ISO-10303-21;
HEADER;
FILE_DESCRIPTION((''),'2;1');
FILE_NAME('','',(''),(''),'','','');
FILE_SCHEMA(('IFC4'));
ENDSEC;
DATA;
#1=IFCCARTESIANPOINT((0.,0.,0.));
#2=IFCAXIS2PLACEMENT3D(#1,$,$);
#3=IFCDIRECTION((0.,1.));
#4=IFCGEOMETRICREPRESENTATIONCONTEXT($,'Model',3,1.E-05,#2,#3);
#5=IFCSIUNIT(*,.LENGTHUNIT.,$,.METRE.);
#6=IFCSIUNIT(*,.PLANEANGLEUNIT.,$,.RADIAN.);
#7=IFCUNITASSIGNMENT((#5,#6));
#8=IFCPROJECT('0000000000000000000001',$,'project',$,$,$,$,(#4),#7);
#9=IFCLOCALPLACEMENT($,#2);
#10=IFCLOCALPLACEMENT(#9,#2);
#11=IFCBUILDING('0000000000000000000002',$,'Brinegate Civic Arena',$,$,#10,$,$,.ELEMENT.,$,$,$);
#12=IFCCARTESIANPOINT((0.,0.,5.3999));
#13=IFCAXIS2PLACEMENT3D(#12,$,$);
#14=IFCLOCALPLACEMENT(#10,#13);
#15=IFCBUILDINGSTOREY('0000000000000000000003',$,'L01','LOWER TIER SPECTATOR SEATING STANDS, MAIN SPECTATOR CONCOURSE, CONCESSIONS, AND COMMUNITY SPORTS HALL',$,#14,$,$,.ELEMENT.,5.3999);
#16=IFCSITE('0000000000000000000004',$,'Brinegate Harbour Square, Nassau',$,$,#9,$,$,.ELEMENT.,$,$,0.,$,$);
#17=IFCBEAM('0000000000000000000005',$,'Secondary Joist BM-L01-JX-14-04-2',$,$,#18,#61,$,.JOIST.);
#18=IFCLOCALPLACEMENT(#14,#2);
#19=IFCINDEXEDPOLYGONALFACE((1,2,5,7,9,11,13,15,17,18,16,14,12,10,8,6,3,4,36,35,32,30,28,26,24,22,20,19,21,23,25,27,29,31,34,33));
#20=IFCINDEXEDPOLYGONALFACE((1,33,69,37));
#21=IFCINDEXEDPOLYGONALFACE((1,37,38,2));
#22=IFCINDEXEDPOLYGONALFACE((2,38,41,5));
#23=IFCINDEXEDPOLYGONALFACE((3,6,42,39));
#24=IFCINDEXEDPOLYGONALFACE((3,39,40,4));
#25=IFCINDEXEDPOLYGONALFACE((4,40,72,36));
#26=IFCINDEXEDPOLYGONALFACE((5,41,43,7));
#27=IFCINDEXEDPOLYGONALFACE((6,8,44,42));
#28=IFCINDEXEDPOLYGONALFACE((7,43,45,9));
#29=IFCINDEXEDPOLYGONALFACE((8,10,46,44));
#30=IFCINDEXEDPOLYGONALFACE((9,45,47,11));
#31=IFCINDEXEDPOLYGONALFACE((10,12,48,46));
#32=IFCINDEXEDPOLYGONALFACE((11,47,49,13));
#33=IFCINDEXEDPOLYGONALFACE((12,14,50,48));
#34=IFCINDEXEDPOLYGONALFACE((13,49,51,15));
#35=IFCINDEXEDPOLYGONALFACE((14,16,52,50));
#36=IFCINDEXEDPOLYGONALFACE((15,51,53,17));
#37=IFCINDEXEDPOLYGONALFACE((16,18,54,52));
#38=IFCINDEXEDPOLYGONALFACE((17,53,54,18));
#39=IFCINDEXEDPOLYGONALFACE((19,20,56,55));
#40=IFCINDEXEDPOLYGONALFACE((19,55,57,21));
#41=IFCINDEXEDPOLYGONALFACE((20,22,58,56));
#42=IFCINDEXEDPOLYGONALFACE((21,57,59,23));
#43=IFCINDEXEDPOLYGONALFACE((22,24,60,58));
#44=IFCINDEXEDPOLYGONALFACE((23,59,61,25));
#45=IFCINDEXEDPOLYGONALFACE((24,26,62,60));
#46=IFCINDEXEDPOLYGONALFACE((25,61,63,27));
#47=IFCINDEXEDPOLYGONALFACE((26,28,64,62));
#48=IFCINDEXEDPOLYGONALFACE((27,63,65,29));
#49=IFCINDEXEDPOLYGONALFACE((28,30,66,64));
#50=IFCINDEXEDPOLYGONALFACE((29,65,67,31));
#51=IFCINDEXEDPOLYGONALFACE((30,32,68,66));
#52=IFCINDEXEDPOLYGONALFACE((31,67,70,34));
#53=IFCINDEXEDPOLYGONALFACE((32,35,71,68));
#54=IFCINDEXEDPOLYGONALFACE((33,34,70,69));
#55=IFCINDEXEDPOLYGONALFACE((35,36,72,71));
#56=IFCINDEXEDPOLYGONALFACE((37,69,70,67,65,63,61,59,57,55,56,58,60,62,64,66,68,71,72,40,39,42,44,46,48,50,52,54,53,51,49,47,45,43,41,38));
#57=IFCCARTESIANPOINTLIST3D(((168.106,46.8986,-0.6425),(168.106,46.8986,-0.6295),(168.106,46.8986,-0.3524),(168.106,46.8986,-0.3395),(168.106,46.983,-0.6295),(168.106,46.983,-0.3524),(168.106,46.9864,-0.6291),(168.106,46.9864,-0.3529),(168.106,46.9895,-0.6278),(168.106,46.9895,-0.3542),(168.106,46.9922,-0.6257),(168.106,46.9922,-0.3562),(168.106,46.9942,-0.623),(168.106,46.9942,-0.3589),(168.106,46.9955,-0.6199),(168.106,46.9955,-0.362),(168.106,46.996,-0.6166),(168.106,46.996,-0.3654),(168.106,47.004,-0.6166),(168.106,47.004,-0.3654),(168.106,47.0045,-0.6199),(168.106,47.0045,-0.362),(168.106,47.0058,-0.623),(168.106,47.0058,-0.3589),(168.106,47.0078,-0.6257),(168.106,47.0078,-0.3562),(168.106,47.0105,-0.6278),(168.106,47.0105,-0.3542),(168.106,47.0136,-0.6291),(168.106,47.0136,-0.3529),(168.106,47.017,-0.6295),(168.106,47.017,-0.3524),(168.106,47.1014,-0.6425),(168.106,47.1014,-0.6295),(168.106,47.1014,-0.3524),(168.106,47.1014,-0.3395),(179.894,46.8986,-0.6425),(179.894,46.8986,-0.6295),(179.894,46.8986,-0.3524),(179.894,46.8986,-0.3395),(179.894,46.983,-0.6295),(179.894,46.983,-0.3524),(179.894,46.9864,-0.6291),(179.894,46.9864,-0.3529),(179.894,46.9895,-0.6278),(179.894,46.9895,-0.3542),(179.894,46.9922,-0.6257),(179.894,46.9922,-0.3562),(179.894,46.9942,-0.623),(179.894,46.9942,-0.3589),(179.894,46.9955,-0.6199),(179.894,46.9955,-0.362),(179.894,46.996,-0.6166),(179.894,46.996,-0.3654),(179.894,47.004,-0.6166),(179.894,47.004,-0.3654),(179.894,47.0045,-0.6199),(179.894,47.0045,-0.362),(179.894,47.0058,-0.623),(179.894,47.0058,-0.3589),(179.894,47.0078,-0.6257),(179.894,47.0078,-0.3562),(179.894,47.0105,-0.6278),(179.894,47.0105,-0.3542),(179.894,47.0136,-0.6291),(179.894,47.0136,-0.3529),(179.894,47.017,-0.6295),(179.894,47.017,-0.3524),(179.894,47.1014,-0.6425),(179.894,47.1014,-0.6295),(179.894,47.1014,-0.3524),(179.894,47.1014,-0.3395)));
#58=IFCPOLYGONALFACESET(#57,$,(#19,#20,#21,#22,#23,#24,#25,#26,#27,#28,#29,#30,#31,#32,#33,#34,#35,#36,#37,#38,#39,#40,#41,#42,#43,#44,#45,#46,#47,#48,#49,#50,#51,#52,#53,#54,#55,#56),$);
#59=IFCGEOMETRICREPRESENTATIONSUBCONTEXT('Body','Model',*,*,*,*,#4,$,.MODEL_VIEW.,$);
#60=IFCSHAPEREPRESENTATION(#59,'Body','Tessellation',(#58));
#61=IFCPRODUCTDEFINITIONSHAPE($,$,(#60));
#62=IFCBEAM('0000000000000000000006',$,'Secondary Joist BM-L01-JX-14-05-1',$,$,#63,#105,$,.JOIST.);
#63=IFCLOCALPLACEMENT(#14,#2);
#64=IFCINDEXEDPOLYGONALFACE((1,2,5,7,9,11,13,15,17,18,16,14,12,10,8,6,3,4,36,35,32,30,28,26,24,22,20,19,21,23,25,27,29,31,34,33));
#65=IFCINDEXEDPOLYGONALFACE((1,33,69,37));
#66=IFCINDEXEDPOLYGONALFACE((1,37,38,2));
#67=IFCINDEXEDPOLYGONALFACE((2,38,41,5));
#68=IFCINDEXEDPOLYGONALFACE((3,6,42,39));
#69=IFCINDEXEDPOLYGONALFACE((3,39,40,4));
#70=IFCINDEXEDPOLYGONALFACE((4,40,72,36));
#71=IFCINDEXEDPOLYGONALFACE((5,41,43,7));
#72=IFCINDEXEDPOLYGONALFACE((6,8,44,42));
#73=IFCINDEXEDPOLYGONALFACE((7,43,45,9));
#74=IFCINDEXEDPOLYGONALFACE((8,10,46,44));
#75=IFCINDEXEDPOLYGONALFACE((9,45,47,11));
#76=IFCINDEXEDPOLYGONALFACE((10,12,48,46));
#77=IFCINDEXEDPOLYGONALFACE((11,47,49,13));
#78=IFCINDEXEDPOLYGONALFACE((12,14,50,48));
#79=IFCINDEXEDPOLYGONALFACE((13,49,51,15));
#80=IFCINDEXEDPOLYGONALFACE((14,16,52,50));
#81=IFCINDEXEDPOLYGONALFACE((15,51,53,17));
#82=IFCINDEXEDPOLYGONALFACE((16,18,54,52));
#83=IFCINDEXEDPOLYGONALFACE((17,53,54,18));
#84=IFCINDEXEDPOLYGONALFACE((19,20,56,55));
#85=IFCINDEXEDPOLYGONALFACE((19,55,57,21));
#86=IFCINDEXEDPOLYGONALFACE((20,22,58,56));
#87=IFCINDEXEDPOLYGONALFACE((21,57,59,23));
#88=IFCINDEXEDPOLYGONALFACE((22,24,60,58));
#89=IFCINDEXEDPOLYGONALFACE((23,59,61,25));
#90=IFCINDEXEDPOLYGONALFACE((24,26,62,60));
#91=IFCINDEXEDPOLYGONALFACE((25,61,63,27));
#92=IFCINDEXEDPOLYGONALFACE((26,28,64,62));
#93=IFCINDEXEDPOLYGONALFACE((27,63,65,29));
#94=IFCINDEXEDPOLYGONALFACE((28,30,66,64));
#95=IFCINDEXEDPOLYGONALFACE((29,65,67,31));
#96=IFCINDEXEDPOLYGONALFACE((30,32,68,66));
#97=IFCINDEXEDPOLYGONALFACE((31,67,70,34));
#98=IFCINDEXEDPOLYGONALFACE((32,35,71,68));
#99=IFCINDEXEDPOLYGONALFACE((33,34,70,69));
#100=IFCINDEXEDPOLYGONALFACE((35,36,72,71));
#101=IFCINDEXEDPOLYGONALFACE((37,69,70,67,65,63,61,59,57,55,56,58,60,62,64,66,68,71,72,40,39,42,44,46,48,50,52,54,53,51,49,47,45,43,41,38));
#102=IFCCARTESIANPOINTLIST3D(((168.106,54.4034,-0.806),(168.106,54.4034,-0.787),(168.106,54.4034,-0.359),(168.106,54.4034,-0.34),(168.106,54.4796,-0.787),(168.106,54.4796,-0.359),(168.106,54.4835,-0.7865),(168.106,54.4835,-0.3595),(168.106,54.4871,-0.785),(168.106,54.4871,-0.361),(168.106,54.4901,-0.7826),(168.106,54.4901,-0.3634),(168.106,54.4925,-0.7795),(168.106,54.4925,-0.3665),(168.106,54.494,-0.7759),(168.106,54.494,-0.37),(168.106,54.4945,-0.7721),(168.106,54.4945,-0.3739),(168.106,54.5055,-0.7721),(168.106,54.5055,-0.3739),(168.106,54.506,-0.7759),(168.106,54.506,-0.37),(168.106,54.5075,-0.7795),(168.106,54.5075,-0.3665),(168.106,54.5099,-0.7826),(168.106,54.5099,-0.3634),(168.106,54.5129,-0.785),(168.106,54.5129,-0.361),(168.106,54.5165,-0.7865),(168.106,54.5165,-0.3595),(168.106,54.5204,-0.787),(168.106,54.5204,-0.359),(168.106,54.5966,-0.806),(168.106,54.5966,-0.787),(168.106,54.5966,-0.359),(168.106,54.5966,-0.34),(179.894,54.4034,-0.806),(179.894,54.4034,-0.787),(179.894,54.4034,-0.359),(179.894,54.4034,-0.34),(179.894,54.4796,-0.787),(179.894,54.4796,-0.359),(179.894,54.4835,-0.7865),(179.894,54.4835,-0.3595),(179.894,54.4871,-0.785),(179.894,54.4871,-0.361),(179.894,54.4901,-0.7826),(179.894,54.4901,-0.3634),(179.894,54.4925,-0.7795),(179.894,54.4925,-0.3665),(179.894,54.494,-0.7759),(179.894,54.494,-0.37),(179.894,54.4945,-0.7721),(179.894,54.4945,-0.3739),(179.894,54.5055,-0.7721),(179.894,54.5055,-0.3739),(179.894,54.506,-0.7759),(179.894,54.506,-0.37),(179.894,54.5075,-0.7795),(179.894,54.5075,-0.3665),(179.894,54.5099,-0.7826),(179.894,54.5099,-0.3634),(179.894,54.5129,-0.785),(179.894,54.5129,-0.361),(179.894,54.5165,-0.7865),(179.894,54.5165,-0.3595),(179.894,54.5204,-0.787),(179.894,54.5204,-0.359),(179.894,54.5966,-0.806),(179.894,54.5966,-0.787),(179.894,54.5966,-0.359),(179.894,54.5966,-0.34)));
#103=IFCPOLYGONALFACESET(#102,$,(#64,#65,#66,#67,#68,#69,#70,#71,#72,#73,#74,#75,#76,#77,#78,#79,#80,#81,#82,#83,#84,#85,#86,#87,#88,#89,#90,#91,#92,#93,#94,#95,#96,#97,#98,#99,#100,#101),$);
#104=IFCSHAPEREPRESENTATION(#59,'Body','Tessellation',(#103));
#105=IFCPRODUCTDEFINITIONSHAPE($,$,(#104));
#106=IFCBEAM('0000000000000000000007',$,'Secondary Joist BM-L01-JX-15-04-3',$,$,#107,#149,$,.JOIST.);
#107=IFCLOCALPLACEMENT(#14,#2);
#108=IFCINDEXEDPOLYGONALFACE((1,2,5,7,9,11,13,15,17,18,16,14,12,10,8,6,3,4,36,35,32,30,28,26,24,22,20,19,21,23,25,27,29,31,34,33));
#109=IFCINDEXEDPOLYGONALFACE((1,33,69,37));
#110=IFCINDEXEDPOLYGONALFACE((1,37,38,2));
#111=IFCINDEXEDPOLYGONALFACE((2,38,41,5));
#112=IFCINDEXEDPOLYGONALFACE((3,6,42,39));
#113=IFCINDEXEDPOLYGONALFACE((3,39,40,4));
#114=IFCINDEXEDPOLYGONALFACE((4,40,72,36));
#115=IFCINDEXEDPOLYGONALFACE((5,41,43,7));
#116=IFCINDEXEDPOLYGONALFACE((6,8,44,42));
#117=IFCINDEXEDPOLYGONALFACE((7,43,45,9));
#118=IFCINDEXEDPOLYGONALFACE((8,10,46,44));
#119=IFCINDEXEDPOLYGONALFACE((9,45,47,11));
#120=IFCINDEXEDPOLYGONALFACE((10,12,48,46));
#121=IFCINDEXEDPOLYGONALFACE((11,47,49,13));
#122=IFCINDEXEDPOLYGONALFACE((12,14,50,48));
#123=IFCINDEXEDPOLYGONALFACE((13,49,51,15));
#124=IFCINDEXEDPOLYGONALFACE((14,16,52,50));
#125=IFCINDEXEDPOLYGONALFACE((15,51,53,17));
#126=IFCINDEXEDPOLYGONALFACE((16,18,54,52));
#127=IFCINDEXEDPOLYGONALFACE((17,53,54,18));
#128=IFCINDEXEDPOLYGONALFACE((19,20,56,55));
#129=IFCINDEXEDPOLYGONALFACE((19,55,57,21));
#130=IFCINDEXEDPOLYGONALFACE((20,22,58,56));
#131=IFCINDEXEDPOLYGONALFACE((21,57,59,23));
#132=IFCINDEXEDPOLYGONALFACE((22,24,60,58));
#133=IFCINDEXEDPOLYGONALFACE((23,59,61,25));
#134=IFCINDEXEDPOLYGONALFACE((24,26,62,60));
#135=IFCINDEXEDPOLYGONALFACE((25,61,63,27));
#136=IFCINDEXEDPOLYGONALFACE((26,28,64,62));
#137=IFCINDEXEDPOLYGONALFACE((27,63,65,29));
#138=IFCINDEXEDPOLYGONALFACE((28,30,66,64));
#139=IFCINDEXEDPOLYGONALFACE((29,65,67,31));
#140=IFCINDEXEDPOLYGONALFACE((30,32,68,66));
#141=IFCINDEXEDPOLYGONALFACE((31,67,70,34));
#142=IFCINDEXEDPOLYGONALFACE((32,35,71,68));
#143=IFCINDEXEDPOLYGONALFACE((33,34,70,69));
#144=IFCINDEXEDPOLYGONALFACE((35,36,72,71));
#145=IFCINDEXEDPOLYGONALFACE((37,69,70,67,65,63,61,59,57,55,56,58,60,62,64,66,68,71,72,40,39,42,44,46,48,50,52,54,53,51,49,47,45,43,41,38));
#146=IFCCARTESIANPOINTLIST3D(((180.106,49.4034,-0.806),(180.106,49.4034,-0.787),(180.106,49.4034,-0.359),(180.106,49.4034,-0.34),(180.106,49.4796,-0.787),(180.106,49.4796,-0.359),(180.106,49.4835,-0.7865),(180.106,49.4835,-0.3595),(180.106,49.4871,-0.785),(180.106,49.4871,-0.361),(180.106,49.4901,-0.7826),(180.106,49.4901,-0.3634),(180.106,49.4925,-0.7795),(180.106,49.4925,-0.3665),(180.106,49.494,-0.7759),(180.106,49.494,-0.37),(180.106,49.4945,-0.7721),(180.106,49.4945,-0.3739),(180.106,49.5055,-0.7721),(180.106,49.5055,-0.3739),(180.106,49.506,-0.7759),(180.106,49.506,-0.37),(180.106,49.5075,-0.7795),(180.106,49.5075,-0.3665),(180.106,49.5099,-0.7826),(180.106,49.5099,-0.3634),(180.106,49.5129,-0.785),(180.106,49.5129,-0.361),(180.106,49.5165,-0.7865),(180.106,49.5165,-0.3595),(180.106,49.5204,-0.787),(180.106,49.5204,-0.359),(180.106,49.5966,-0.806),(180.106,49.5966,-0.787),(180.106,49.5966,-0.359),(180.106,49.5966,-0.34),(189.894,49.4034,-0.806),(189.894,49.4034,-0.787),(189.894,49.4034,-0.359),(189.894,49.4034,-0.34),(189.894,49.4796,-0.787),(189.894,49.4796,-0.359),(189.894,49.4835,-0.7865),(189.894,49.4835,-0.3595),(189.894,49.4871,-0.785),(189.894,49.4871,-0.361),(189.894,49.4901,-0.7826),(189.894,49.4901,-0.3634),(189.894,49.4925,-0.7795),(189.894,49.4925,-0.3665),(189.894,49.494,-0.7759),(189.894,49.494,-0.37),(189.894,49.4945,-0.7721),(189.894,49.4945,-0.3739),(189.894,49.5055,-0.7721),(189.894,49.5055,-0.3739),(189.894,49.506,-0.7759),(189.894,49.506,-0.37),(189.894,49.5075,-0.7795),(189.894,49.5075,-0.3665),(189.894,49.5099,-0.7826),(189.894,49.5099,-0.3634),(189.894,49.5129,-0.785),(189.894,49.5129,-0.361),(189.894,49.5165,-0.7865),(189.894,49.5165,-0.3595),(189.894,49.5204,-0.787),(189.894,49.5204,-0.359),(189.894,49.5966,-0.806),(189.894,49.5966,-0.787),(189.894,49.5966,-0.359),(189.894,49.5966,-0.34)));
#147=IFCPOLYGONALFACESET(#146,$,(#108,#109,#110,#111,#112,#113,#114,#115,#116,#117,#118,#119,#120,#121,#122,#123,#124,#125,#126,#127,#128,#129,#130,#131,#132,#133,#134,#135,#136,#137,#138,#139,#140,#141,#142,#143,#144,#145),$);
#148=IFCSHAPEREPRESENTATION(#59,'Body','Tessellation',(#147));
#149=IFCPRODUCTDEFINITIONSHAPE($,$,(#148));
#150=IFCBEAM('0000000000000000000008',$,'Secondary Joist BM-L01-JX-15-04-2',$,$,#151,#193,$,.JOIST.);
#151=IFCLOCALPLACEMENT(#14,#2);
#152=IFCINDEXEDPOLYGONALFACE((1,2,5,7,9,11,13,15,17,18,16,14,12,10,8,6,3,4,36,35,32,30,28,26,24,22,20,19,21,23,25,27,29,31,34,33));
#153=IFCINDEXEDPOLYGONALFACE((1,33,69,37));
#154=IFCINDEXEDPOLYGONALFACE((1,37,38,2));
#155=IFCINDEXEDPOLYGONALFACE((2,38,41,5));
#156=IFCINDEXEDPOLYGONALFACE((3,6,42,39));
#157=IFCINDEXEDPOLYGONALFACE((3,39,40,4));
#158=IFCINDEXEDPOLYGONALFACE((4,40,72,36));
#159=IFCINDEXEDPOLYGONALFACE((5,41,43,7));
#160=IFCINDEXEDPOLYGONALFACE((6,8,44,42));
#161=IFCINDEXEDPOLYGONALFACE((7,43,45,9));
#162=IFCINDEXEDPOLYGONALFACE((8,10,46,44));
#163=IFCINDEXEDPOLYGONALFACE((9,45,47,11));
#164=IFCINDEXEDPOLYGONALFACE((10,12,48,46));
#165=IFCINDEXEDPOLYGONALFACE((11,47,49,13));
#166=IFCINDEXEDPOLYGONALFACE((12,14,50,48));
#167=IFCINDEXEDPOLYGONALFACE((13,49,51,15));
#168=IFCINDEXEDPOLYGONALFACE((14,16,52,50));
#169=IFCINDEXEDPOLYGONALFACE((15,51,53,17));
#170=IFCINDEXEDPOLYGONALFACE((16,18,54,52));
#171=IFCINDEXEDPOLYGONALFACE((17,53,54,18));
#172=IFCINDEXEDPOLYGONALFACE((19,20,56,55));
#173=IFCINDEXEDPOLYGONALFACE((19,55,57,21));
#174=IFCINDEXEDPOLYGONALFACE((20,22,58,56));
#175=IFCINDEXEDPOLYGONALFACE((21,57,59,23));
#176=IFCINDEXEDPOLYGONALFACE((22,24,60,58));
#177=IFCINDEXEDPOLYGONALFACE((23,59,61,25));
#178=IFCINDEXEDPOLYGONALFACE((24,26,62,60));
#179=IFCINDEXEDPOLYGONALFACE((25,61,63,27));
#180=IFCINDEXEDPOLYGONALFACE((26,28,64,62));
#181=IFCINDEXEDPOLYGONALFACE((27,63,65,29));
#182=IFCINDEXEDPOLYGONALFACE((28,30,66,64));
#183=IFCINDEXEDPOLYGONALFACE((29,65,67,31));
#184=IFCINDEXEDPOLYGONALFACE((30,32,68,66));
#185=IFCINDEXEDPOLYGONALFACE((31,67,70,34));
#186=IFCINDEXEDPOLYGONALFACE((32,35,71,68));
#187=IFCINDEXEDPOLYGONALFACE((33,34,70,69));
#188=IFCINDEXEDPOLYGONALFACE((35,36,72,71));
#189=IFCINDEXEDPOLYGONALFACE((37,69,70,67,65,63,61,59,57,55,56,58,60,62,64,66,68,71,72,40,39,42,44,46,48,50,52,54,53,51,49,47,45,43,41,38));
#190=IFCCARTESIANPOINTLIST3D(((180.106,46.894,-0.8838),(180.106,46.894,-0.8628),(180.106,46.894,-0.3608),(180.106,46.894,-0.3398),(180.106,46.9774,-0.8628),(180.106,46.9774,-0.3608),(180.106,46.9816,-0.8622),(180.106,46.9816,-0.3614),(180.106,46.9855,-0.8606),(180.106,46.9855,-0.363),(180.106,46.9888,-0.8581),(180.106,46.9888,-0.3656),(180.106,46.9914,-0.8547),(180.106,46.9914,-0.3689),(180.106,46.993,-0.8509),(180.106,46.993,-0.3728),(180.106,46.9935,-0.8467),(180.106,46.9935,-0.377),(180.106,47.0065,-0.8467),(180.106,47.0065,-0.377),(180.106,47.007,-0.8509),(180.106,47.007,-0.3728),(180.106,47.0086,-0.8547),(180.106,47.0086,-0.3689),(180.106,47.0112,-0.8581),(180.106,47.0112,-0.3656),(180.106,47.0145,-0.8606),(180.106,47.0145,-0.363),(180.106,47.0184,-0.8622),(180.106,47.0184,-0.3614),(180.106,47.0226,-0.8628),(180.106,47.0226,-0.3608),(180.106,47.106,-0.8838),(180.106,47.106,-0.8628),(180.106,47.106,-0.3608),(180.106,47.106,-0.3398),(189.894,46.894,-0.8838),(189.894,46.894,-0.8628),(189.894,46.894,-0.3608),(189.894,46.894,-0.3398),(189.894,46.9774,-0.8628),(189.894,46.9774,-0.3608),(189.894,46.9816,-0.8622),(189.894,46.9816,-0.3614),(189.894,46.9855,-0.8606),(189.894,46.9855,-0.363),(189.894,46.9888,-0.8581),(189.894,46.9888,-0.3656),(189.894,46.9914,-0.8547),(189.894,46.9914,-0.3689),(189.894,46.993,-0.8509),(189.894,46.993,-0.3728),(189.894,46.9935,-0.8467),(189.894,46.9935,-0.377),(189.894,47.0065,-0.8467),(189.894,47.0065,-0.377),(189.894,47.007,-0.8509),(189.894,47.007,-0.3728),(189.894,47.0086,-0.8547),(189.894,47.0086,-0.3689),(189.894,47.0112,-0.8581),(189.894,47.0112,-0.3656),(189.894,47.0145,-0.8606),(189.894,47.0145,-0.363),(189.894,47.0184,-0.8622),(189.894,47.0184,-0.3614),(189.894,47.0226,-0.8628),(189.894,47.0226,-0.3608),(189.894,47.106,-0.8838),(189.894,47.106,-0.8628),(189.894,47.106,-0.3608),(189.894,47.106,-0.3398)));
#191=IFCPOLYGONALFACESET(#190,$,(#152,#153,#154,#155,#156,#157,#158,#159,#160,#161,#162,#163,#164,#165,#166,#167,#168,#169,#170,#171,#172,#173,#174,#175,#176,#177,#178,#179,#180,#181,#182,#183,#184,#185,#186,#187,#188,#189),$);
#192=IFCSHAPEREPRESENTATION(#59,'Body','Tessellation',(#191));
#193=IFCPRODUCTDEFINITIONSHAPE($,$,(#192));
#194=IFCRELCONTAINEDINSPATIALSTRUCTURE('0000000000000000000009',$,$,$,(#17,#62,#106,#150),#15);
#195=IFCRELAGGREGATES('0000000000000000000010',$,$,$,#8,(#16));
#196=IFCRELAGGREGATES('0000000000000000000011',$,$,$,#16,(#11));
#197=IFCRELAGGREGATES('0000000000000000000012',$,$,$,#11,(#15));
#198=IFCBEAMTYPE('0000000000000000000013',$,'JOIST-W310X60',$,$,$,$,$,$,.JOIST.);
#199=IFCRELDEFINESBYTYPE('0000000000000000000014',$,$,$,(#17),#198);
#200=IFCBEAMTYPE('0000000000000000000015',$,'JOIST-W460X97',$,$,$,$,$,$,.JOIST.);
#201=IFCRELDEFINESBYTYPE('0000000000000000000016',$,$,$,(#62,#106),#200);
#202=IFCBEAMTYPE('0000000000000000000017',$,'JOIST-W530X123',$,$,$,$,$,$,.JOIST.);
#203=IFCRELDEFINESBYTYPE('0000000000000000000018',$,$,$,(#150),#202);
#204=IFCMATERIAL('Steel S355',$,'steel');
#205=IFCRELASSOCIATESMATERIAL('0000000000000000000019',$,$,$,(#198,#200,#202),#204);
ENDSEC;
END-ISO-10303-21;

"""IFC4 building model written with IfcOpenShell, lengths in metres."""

from ifc_helpers import new_model, si_unit, direction, frame, origin, origin_2d, place, context, subcontext, project, spatial, i_section, extrude, material, material_profile, profile_set, type_object, element, save


model = new_model("IFC4")

# Units and contexts
model_context = context("Model", 3, precision=1e-05, world=origin(), true_north=direction((0.0, 1.0)))
body_context = subcontext(model_context, "Body", "Model", "MODEL_VIEW")
ifc_project = project(units=[si_unit("LENGTHUNIT", "METRE"), si_unit("PLANEANGLEUNIT", "RADIAN")], contexts=[model_context])

# Site, building, storey
site_placement = place(None, origin())
site = spatial("IfcSite", under=ifc_project, at=site_placement, Name="Brinegate Harbour Square, Nassau", CompositionType="ELEMENT", RefElevation=0.0)
building_placement = place(site_placement, origin())
building = spatial("IfcBuilding", under=site, at=building_placement, Name="Brinegate Civic Arena", CompositionType="ELEMENT")
storey_placement = place(building_placement, frame((0.0, 0.0, 5.3999)))
storey = spatial("IfcBuildingStorey", under=building, at=storey_placement, Name="L01", Description="LOWER TIER SPECTATOR SEATING STANDS, MAIN SPECTATOR CONCOURSE, CONCESSIONS, AND COMMUNITY SPORTS HALL", CompositionType="ELEMENT", Elevation=5.3999)

# Beams
ifc_material_1 = material(Name="Steel S355", Category="steel")
ifc_material_profile_1 = material_profile(ifc_material_1, i_section(OverallWidth=0.2029, OverallDepth=0.303, WebThickness=0.0081, FlangeThickness=0.0129, FilletRadius=0.0129, at=origin_2d()), Name="W310X60")
ifc_profile_set_1 = profile_set([ifc_material_profile_1], Name="Steel S355")
beam_type_1 = type_object("IfcBeamType", Name="JOIST-W310X60", PredefinedType="JOIST", material=ifc_profile_set_1)
beam_1_placement = place(storey_placement, frame((168.106, 47.0, -0.491), z_axis=(1.0, 0.0, 0.0), x_axis=(0.0, 1.0, 0.0)))
element("IfcBeam", 1, at=beam_1_placement, inside=storey, type_object=beam_type_1, Name="Secondary Joist BM-L01-JX-14-04-2", PredefinedType="JOIST", context=body_context, shape_type="SweptSolid", body=[
    extrude(i_section(OverallWidth=0.2029, OverallDepth=0.303, WebThickness=0.0081, FlangeThickness=0.0129, FilletRadius=0.0129, at=origin_2d()), origin(), (0.0, 0.0, 1.0), 11.7881),
])
ifc_material_profile_2 = material_profile(ifc_material_1, i_section(OverallWidth=0.1931, OverallDepth=0.4661, WebThickness=0.011, FlangeThickness=0.019, FilletRadius=0.0149, at=origin_2d()), Name="W460X97")
ifc_profile_set_2 = profile_set([ifc_material_profile_2], Name="Steel S355")
beam_type_2 = type_object("IfcBeamType", Name="JOIST-W460X97", PredefinedType="JOIST", material=ifc_profile_set_2)
beam_2_placement = place(storey_placement, frame((168.106, 54.5, -0.573), z_axis=(1.0, 0.0, 0.0), x_axis=(0.0, 1.0, 0.0)))
element("IfcBeam", 2, at=beam_2_placement, inside=storey, type_object=beam_type_2, Name="Secondary Joist BM-L01-JX-14-05-1", PredefinedType="JOIST", context=body_context, shape_type="SweptSolid", body=[
    extrude(i_section(OverallWidth=0.1931, OverallDepth=0.4661, WebThickness=0.011, FlangeThickness=0.019, FilletRadius=0.0149, at=origin_2d()), origin(), (0.0, 0.0, 1.0), 11.7881),
])
beam_3_placement = place(storey_placement, frame((180.106, 49.5, -0.573), z_axis=(1.0, 0.0, 0.0), x_axis=(0.0, 1.0, 0.0)))
element("IfcBeam", 3, at=beam_3_placement, inside=storey, type_object=beam_type_2, Name="Secondary Joist BM-L01-JX-15-04-3", PredefinedType="JOIST", context=body_context, shape_type="SweptSolid", body=[
    extrude(i_section(OverallWidth=0.1931, OverallDepth=0.4661, WebThickness=0.011, FlangeThickness=0.019, FilletRadius=0.0149, at=origin_2d()), origin(), (0.0, 0.0, 1.0), 9.7881),
])
ifc_material_profile_3 = material_profile(ifc_material_1, i_section(OverallWidth=0.2119, OverallDepth=0.5439, WebThickness=0.0129, FlangeThickness=0.021, FilletRadius=0.0161, at=origin_2d()), Name="W530X123")
ifc_profile_set_3 = profile_set([ifc_material_profile_3], Name="Steel S355")
beam_type_3 = type_object("IfcBeamType", Name="JOIST-W530X123", PredefinedType="JOIST", material=ifc_profile_set_3)
beam_4_placement = place(storey_placement, frame((180.106, 47.0, -0.6118), z_axis=(1.0, 0.0, 0.0), x_axis=(0.0, 1.0, 0.0)))
element("IfcBeam", 4, at=beam_4_placement, inside=storey, type_object=beam_type_3, Name="Secondary Joist BM-L01-JX-15-04-2", PredefinedType="JOIST", context=body_context, shape_type="SweptSolid", body=[
    extrude(i_section(OverallWidth=0.2119, OverallDepth=0.5439, WebThickness=0.0129, FlangeThickness=0.021, FilletRadius=0.0161, at=origin_2d()), origin(), (0.0, 0.0, 1.0), 9.7881),
])

save(model, "model.ifc")
